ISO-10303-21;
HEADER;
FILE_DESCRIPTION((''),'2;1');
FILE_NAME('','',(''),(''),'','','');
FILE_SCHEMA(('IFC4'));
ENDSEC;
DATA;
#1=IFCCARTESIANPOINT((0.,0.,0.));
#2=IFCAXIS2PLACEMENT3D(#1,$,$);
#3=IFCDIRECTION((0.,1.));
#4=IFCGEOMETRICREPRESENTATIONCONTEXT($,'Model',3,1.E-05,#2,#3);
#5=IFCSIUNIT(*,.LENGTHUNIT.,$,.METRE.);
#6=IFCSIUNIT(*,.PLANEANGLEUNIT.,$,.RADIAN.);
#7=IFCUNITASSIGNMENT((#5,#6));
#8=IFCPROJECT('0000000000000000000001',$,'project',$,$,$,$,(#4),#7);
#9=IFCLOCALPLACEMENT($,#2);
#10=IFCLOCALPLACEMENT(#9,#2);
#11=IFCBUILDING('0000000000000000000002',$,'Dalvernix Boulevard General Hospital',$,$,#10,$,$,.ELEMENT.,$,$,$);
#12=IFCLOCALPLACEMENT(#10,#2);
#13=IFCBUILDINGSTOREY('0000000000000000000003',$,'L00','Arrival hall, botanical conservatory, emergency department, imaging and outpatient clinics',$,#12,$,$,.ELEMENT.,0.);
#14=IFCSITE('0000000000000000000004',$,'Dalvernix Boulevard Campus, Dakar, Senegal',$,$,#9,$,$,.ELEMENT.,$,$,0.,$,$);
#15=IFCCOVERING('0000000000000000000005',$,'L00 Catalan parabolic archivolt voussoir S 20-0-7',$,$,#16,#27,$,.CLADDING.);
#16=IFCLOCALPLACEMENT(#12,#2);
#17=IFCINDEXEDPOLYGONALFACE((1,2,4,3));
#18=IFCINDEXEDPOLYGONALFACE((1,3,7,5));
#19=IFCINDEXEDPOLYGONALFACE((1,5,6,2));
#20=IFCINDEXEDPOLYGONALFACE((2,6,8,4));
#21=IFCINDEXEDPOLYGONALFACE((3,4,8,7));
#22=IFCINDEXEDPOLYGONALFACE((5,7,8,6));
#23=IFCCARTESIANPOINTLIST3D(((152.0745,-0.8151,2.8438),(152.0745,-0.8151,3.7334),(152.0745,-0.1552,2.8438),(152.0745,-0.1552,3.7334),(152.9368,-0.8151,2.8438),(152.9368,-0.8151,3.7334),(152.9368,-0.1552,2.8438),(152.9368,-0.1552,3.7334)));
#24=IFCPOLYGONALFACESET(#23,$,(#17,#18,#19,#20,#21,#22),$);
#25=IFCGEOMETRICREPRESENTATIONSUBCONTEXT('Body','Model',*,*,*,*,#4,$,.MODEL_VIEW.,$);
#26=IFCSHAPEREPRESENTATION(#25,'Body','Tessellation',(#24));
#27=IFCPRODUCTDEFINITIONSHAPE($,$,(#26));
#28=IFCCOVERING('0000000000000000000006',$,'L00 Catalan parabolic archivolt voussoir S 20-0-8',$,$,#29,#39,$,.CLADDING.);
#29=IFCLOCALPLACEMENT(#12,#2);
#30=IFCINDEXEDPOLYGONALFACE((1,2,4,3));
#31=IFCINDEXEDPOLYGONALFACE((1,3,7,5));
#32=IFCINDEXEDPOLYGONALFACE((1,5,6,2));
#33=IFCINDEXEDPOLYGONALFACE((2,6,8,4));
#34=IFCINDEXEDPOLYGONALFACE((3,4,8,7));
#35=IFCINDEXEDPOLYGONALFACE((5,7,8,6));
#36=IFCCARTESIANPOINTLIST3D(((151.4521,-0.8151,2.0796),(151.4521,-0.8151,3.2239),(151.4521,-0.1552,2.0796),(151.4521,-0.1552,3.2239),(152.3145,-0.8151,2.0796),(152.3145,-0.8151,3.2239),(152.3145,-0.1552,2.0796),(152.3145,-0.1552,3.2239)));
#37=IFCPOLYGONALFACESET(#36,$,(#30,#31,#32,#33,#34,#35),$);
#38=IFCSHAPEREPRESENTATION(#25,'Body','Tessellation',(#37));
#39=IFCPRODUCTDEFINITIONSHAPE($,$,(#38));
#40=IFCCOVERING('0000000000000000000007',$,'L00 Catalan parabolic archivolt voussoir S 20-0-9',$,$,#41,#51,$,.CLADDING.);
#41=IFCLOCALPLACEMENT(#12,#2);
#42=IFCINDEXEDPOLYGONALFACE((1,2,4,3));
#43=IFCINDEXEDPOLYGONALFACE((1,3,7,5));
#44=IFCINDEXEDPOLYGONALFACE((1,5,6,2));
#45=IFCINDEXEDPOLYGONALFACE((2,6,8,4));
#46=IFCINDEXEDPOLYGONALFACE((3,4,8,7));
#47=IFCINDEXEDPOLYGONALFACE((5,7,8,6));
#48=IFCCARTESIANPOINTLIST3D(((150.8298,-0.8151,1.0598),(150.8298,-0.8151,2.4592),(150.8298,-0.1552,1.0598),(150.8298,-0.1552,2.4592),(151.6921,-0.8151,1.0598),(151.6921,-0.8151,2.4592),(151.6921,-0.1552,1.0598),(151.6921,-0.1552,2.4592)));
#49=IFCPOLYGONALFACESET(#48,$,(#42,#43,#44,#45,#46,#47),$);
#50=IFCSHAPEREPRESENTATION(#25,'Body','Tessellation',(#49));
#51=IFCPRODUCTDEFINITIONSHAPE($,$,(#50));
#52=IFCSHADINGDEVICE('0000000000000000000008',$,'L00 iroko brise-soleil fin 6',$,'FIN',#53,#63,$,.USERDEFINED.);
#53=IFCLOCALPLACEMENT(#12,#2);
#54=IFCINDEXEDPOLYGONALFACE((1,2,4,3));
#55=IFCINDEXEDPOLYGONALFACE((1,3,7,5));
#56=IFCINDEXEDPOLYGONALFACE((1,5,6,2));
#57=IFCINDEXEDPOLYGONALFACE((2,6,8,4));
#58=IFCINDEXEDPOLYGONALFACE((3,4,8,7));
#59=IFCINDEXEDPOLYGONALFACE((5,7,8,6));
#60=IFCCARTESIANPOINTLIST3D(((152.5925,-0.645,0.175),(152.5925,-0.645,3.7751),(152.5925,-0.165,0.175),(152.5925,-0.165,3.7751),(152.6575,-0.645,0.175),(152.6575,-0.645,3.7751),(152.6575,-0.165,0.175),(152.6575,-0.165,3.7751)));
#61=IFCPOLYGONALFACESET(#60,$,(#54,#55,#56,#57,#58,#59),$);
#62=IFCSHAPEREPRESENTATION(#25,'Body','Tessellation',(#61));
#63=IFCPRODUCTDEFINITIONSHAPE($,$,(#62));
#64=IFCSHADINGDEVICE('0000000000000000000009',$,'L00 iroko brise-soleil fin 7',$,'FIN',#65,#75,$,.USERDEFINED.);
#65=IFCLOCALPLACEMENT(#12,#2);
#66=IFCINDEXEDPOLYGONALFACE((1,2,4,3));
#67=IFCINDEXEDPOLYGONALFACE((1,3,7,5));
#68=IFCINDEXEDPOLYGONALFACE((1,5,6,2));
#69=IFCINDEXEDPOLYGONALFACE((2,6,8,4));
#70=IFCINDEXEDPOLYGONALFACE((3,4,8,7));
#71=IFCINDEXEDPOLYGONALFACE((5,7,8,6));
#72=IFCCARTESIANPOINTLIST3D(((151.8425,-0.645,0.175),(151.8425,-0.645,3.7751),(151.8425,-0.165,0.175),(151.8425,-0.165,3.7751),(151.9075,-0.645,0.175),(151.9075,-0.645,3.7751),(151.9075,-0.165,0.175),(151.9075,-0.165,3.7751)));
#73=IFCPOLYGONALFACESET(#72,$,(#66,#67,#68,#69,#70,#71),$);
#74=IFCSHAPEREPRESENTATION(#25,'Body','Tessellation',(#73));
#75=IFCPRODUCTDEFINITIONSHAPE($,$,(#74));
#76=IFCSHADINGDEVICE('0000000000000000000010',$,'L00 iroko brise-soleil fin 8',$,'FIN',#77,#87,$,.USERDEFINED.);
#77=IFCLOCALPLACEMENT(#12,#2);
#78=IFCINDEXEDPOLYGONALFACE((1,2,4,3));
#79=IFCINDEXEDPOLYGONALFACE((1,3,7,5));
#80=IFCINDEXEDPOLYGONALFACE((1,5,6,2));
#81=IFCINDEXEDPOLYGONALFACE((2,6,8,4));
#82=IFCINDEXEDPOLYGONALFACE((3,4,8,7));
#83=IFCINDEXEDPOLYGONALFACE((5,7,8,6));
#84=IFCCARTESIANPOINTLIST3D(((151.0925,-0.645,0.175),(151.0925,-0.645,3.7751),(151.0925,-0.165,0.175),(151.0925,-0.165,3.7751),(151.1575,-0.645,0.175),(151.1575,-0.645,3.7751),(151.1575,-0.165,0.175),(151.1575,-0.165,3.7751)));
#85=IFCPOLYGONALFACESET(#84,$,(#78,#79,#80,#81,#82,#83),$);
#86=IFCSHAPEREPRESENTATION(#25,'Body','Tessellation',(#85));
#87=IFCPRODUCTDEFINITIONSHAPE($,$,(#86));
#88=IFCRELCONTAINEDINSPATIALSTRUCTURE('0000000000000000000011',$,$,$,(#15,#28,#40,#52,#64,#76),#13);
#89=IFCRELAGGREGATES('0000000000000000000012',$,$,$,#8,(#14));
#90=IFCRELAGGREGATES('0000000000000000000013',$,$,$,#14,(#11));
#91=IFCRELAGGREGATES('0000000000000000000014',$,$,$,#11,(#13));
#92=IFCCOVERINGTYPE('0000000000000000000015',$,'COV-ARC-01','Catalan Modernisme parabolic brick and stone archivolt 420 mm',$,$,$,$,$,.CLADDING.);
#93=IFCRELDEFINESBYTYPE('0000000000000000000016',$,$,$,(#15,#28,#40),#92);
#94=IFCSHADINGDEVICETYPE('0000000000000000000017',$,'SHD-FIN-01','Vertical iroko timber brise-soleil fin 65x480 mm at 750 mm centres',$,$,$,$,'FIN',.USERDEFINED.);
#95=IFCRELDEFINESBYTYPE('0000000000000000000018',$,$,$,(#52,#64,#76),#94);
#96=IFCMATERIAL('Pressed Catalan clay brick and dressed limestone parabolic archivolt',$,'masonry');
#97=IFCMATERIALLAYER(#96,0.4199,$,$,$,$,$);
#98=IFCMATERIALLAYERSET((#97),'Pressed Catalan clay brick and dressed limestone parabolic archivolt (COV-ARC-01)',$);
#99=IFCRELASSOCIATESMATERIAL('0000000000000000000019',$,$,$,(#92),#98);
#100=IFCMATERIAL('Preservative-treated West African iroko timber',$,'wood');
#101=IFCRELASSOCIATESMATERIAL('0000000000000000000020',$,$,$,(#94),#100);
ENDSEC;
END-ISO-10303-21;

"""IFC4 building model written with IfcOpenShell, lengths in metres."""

from ifc_helpers import new_model, si_unit, direction, frame, origin, origin_2d, place, context, subcontext, project, spatial, rectangle, extrude, material, layer, layer_set, type_object, element, save


model = new_model("IFC4")

# Units and contexts
model_context = context("Model", 3, precision=1e-05, world=origin(), true_north=direction((0.0, 1.0)))
body_context = subcontext(model_context, "Body", "Model", "MODEL_VIEW")
ifc_project = project(units=[si_unit("LENGTHUNIT", "METRE"), si_unit("PLANEANGLEUNIT", "RADIAN")], contexts=[model_context])

# Site, building, storey
site_placement = place(None, origin())
site = spatial("IfcSite", under=ifc_project, at=site_placement, Name="Dalvernix Boulevard Campus, Dakar, Senegal", CompositionType="ELEMENT", RefElevation=0.0)
building_placement = place(site_placement, origin())
building = spatial("IfcBuilding", under=site, at=building_placement, Name="Dalvernix Boulevard General Hospital", CompositionType="ELEMENT")
storey_placement = place(building_placement, origin())
storey = spatial("IfcBuildingStorey", under=building, at=storey_placement, Name="L00", Description="Arrival hall, botanical conservatory, emergency department, imaging and outpatient clinics", CompositionType="ELEMENT", Elevation=0.0)

# Coverings
ifc_material_1 = material(Name="Pressed Catalan clay brick and dressed limestone parabolic archivolt", Category="masonry")
ifc_layer_1 = layer(ifc_material_1, 0.4199)
ifc_layer_set_1 = layer_set([ifc_layer_1], Name="Pressed Catalan clay brick and dressed limestone parabolic archivolt (COV-ARC-01)")
covering_type = type_object("IfcCoveringType", Name="COV-ARC-01", Description="Catalan Modernisme parabolic brick and stone archivolt 420 mm", PredefinedType="CLADDING", material=ifc_layer_set_1)
covering_1_placement = place(storey_placement, frame((152.5056, -0.4851, 2.8438), z_axis=(0.0, 0.0, 1.0), x_axis=(-1.0, 0.0, 0.0)))
element("IfcCovering", 1, at=covering_1_placement, inside=storey, type_object=covering_type, Name="L00 Catalan parabolic archivolt voussoir S 20-0-7", PredefinedType="CLADDING", context=body_context, shape_type="SweptSolid", body=[
    extrude(rectangle(XDim=0.8623, YDim=0.6599, at=origin_2d()), origin(), (0.0, 0.0, 1.0), 0.8896),
])
covering_2_placement = place(storey_placement, frame((151.8833, -0.4851, 2.0796), z_axis=(0.0, 0.0, 1.0), x_axis=(-1.0, 0.0, 0.0)))
element("IfcCovering", 2, at=covering_2_placement, inside=storey, type_object=covering_type, Name="L00 Catalan parabolic archivolt voussoir S 20-0-8", PredefinedType="CLADDING", context=body_context, shape_type="SweptSolid", body=[
    extrude(rectangle(XDim=0.8623, YDim=0.6599, at=origin_2d()), origin(), (0.0, 0.0, 1.0), 1.1443),
])
covering_3_placement = place(storey_placement, frame((151.261, -0.4851, 1.0598), z_axis=(0.0, 0.0, 1.0), x_axis=(-1.0, 0.0, 0.0)))
element("IfcCovering", 3, at=covering_3_placement, inside=storey, type_object=covering_type, Name="L00 Catalan parabolic archivolt voussoir S 20-0-9", PredefinedType="CLADDING", context=body_context, shape_type="SweptSolid", body=[
    extrude(rectangle(XDim=0.8623, YDim=0.6599, at=origin_2d()), origin(), (0.0, 0.0, 1.0), 1.3994),
])

# Shading devices
ifc_material_2 = material(Name="Preservative-treated West African iroko timber", Category="wood")
shading_device_type = type_object("IfcShadingDeviceType", Name="SHD-FIN-01", Description="Vertical iroko timber brise-soleil fin 65x480 mm at 750 mm centres", ElementType="FIN", PredefinedType="USERDEFINED", material=ifc_material_2)
for number, where, z_axis, x_axis, name in (
    (4, (152.625, -0.405, 0.175), (0.0, 0.0, 1.0), (-1.0, 0.0, 0.0), "L00 iroko brise-soleil fin 6"),
    (5, (151.875, -0.405, 0.175), (0.0, 0.0, 1.0), (-1.0, 0.0, 0.0), "L00 iroko brise-soleil fin 7"),
    (6, (151.125, -0.405, 0.175), (0.0, 0.0, 1.0), (-1.0, 0.0, 0.0), "L00 iroko brise-soleil fin 8"),
):
    element("IfcShadingDevice", number, at=place(storey_placement, frame(where, z_axis=z_axis, x_axis=x_axis)), inside=storey, type_object=shading_device_type, Name=name, ObjectType="FIN", PredefinedType="USERDEFINED", context=body_context, shape_type="SweptSolid", body=[
        extrude(rectangle(XDim=0.0649, YDim=0.48, at=origin_2d()), origin(), (0.0, 0.0, 1.0), 3.6001),
    ])

save(model, "model.ifc")
